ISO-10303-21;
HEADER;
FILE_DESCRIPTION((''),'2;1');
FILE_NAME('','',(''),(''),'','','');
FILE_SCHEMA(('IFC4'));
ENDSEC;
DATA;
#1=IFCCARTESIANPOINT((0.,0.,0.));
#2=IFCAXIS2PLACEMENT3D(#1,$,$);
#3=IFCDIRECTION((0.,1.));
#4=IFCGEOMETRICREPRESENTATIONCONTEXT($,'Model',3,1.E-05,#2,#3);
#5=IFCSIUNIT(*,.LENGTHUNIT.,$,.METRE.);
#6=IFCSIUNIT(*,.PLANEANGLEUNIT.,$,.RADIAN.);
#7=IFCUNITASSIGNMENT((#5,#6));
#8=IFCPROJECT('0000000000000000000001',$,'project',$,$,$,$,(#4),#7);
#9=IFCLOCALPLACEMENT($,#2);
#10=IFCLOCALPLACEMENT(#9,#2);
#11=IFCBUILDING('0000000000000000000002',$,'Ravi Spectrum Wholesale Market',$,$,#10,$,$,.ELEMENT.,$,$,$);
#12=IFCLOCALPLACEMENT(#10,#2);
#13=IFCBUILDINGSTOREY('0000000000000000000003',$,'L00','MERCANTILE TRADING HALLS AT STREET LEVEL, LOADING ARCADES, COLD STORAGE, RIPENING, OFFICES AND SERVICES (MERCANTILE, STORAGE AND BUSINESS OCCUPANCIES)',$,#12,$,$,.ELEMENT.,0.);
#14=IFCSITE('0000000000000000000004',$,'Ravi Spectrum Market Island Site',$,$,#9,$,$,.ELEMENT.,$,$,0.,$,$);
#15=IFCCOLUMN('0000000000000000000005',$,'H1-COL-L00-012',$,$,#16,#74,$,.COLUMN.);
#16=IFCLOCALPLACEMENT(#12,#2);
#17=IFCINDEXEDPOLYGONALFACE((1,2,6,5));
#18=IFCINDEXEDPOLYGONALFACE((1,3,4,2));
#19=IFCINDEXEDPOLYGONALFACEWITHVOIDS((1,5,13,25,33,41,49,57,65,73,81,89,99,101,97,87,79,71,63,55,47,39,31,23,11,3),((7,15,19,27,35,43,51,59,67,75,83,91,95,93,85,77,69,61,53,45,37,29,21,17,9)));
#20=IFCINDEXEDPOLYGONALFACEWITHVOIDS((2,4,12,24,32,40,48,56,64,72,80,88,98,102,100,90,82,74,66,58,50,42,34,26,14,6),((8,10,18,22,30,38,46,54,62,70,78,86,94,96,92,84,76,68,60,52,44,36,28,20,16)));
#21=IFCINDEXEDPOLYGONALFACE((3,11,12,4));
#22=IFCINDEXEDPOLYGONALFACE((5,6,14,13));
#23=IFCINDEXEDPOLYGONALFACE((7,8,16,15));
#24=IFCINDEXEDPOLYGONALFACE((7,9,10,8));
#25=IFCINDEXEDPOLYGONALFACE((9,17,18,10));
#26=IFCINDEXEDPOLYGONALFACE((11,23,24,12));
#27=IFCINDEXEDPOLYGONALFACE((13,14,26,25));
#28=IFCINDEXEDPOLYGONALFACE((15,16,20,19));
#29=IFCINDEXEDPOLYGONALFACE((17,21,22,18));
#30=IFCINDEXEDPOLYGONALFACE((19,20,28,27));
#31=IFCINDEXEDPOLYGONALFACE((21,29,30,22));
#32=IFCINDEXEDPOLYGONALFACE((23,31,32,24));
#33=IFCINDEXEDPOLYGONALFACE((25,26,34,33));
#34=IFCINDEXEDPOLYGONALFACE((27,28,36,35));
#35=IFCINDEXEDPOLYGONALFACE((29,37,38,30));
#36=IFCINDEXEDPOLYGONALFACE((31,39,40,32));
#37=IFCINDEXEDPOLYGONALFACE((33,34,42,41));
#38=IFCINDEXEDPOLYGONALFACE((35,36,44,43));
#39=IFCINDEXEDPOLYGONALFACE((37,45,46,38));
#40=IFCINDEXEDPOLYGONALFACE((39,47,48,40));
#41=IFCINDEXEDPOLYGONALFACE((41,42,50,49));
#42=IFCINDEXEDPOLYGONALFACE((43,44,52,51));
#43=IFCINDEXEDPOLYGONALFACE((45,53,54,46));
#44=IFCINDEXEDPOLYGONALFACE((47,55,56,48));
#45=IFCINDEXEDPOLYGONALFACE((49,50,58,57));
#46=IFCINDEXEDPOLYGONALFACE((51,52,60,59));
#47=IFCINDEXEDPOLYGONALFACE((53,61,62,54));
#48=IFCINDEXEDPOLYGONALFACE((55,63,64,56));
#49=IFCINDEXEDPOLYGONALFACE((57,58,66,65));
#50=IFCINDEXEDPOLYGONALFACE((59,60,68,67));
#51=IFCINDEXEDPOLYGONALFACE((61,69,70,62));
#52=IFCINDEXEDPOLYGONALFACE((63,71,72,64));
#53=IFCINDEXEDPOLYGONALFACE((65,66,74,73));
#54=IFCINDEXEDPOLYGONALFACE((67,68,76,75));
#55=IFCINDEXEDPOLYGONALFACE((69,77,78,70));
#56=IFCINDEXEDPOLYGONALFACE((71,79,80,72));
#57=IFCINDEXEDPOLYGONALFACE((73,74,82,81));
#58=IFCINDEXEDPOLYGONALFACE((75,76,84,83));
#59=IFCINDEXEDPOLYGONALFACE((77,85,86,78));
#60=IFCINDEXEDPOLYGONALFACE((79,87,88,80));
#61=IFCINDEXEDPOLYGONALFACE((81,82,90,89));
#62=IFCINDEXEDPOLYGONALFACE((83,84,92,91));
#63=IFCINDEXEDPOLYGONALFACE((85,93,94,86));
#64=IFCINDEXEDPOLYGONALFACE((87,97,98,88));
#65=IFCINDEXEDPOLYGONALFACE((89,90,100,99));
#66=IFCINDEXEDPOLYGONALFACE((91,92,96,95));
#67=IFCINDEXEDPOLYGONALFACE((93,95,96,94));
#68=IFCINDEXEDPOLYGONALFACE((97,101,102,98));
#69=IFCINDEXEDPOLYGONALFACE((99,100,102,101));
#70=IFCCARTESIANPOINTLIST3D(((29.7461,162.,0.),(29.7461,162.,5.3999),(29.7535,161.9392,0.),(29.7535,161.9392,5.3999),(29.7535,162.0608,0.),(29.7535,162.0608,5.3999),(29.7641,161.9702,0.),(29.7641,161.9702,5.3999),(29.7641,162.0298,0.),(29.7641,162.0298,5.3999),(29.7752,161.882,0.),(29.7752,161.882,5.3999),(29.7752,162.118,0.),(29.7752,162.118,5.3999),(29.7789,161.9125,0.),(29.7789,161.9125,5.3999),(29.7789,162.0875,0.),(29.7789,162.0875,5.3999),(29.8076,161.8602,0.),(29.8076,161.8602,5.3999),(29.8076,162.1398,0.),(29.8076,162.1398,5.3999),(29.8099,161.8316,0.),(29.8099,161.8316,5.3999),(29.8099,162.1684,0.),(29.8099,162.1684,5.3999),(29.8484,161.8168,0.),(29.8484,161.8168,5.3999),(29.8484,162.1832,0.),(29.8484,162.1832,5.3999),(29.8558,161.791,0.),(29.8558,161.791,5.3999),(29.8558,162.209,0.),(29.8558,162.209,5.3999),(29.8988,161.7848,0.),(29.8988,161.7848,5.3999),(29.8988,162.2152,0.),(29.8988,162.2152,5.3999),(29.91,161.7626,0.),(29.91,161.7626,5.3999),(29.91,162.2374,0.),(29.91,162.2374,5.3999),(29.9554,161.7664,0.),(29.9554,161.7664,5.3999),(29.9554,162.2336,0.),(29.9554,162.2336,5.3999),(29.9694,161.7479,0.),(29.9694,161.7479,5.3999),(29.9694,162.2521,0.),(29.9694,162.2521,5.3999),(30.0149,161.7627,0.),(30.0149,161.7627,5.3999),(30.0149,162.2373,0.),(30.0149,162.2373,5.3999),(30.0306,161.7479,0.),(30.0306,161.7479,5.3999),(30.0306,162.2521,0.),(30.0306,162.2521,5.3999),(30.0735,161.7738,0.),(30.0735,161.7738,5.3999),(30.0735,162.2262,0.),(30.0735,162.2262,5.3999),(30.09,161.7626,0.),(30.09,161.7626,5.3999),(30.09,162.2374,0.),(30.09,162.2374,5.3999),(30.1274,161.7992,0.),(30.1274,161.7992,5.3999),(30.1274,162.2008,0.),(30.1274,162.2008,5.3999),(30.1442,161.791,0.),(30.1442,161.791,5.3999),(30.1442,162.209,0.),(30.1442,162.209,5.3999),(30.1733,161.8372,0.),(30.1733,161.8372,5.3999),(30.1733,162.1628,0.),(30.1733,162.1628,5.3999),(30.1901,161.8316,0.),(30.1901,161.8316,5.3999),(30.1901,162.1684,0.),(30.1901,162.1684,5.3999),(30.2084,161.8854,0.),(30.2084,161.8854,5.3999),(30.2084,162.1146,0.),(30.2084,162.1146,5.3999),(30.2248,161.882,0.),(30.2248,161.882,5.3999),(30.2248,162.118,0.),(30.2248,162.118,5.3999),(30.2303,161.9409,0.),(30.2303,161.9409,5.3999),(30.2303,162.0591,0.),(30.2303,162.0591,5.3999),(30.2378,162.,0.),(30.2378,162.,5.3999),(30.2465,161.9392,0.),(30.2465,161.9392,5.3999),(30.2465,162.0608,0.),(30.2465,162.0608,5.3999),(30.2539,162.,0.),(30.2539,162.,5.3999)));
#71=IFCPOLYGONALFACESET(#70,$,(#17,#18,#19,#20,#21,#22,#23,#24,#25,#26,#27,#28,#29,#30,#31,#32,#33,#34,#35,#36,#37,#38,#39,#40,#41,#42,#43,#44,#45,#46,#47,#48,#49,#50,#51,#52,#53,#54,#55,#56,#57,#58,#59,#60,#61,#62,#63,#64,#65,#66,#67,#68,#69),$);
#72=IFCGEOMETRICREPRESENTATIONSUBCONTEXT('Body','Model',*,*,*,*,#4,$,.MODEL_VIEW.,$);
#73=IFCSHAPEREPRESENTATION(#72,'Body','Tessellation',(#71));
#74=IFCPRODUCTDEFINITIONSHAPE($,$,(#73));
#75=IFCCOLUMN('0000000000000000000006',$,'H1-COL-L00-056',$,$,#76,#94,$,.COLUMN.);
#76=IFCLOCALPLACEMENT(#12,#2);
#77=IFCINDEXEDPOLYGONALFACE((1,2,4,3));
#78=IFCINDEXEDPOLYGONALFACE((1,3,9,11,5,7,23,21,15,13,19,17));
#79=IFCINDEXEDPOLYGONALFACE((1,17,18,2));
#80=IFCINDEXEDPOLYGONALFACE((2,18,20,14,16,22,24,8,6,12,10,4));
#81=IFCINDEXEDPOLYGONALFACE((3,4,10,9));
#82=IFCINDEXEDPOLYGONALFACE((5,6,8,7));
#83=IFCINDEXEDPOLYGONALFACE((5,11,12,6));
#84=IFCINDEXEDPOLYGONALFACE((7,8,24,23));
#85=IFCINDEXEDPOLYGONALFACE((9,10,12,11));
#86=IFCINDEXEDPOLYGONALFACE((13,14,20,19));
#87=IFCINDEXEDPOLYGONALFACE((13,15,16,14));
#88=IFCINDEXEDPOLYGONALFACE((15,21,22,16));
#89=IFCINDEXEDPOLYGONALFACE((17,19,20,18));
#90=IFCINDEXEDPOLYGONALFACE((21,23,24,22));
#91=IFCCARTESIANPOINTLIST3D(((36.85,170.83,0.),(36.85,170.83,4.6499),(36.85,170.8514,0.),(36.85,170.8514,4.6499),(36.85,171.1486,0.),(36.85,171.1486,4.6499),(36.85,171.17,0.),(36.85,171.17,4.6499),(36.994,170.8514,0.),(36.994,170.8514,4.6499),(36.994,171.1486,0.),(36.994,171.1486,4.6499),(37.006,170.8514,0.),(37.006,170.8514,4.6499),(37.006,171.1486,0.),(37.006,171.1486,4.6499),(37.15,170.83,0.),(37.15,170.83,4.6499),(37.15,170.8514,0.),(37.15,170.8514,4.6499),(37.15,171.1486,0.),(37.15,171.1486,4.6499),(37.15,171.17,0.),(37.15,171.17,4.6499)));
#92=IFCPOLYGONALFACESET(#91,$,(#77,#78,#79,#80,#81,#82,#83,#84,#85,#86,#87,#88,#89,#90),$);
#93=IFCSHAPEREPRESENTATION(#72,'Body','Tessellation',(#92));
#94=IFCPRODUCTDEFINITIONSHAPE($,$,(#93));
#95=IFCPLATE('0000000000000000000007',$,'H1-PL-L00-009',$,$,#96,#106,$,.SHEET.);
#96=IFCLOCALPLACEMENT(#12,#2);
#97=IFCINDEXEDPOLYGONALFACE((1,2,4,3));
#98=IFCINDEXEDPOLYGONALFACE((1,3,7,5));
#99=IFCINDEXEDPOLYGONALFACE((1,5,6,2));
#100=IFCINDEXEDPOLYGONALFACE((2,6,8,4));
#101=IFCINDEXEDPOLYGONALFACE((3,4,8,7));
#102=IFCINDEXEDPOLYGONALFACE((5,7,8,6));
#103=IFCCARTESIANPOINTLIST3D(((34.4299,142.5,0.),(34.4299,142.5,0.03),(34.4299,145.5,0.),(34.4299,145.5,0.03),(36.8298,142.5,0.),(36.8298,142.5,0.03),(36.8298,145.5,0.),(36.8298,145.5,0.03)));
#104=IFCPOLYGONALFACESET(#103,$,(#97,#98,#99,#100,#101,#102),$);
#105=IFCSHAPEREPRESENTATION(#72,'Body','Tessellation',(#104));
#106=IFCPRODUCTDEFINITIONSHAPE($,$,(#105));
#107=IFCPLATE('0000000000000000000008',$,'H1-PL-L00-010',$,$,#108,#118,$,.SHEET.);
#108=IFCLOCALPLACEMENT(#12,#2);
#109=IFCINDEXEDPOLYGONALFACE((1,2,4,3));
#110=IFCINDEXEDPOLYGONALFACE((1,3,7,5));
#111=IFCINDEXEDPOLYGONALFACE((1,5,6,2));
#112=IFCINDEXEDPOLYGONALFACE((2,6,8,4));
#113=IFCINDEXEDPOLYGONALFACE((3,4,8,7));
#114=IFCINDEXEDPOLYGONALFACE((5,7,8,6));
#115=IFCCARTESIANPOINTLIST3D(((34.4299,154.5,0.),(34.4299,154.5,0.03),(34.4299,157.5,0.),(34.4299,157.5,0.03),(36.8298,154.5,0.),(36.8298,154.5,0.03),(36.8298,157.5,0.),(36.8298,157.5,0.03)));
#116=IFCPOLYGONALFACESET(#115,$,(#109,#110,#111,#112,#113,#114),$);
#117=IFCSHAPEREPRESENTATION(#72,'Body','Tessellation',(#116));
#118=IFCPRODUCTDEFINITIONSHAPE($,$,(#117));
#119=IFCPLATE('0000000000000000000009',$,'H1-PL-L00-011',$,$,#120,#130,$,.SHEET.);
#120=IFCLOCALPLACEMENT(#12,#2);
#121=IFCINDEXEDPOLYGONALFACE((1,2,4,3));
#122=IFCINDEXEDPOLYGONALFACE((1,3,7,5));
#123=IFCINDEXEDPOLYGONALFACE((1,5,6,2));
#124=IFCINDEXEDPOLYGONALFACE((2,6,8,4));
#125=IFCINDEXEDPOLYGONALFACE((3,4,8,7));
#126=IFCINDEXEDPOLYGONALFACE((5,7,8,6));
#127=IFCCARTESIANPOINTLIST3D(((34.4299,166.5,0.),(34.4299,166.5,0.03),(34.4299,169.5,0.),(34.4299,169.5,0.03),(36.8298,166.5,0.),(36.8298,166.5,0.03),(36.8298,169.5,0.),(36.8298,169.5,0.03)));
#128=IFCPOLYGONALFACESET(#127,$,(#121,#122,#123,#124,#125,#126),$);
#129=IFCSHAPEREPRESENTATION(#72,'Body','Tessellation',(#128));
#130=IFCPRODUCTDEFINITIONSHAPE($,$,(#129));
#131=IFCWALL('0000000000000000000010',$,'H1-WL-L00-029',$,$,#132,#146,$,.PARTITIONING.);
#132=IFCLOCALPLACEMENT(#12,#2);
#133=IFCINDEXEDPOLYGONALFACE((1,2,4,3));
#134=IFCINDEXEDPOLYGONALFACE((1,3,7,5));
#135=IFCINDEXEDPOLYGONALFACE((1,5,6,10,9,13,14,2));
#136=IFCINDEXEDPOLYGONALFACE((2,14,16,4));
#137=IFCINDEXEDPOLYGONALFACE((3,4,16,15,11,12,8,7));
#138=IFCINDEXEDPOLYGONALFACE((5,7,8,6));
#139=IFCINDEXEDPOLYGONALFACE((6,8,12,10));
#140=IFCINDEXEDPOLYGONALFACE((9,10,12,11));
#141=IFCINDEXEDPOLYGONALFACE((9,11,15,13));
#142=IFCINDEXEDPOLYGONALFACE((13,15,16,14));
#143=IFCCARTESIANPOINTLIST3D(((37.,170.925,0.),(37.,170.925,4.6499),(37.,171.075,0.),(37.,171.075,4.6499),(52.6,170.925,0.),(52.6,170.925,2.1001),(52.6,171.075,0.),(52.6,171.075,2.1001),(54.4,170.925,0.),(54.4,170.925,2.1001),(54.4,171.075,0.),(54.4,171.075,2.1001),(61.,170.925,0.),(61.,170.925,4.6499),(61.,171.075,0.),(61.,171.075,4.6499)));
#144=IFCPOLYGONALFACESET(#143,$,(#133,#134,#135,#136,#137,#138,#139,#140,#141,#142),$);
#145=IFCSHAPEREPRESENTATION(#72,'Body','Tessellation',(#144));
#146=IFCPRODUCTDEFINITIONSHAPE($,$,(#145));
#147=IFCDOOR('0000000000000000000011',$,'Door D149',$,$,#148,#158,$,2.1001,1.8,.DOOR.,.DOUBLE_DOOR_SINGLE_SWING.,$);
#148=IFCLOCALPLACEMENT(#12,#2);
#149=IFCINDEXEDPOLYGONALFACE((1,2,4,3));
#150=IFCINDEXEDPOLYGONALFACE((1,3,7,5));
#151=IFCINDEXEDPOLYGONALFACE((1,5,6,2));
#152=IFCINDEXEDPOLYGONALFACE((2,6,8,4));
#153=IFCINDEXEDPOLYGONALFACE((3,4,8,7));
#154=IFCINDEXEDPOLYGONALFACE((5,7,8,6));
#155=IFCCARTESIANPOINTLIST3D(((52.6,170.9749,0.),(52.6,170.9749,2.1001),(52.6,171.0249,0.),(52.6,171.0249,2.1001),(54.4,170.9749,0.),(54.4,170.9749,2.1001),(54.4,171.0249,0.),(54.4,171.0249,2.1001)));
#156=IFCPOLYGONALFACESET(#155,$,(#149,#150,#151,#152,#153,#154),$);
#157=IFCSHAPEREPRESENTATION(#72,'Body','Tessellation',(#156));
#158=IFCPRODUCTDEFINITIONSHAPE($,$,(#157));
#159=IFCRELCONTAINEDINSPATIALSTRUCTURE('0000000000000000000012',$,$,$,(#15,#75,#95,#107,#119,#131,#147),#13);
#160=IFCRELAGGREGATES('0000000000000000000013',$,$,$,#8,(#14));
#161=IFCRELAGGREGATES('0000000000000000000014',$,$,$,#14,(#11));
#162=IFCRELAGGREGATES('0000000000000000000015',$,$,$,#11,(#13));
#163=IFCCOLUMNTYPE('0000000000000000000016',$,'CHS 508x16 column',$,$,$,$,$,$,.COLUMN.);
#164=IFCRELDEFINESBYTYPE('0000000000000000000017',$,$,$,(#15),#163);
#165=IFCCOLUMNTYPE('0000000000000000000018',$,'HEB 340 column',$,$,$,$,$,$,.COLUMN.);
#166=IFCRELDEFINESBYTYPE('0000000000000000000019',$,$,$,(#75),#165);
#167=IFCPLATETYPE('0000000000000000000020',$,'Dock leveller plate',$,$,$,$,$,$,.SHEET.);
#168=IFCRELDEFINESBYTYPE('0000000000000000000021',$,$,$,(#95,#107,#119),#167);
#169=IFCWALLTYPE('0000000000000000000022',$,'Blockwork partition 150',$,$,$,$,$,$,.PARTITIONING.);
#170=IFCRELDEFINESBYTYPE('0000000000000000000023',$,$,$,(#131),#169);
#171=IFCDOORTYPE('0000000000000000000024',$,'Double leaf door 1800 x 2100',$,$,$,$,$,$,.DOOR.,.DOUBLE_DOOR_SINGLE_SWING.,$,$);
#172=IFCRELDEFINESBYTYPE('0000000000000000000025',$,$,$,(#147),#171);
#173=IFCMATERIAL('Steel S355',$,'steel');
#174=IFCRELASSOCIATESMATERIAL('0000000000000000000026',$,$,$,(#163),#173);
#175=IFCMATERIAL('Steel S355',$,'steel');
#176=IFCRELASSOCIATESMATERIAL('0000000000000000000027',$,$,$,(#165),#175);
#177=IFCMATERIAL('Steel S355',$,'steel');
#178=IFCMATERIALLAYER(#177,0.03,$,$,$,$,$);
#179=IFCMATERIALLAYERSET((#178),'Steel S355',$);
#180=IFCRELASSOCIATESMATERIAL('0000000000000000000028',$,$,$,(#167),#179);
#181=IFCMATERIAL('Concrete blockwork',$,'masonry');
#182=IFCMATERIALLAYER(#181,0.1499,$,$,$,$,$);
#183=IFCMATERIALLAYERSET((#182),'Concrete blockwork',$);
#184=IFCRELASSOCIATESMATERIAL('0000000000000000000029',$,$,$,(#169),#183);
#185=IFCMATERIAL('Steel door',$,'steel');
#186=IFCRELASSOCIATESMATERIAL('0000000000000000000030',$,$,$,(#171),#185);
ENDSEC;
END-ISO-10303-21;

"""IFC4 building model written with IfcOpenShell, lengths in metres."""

from ifc_helpers import new_model, si_unit, direction, frame, frame_2d, origin, origin_2d, place, context, subcontext, project, spatial, rectangle, hollow_circle, i_section, extrude, material, layer, layer_set, material_profile, profile_set, type_object, element, fill, save


model = new_model("IFC4")

# Units and contexts
model_context = context("Model", 3, precision=1e-05, world=origin(), true_north=direction((0.0, 1.0)))
body_context = subcontext(model_context, "Body", "Model", "MODEL_VIEW")
ifc_project = project(units=[si_unit("LENGTHUNIT", "METRE"), si_unit("PLANEANGLEUNIT", "RADIAN")], contexts=[model_context])

# Site, building, storey
site_placement = place(None, origin())
site = spatial("IfcSite", under=ifc_project, at=site_placement, Name="Ravi Spectrum Market Island Site", CompositionType="ELEMENT", RefElevation=0.0)
building_placement = place(site_placement, origin())
building = spatial("IfcBuilding", under=site, at=building_placement, Name="Ravi Spectrum Wholesale Market", CompositionType="ELEMENT")
storey_placement = place(building_placement, origin())
storey = spatial("IfcBuildingStorey", under=building, at=storey_placement, Name="L00", Description="MERCANTILE TRADING HALLS AT STREET LEVEL, LOADING ARCADES, COLD STORAGE, RIPENING, OFFICES AND SERVICES (MERCANTILE, STORAGE AND BUSINESS OCCUPANCIES)", CompositionType="ELEMENT", Elevation=0.0)

# Columns
ifc_material_1 = material(Name="Steel S355", Category="steel")
ifc_material_profile_1 = material_profile(ifc_material_1, hollow_circle(Radius=0.2539, WallThickness=0.0161, at=origin_2d()))
ifc_profile_set_1 = profile_set([ifc_material_profile_1], Name="Steel S355")
column_type_1 = type_object("IfcColumnType", Name="CHS 508x16 column", PredefinedType="COLUMN", material=ifc_profile_set_1)
for number, where, z_axis, x_axis, name in (
    (1, (30.0, 162.0, 0.0), (0.0, 0.0, 1.0), (1.0, 0.0, 0.0), "H1-COL-L00-012"),
):
    element("IfcColumn", number, at=place(storey_placement, frame(where, z_axis=z_axis, x_axis=x_axis)), inside=storey, type_object=column_type_1, Name=name, PredefinedType="COLUMN", context=body_context, shape_type="SweptSolid", body=[
        extrude(hollow_circle(Radius=0.2539, WallThickness=0.0161, at=origin_2d()), origin(), (0.0, 0.0, 1.0), 5.3999),
    ])
ifc_material_2 = material(Name="Steel S355", Category="steel")
ifc_material_profile_2 = material_profile(ifc_material_2, i_section(OverallWidth=0.3, OverallDepth=0.3401, WebThickness=0.012, FlangeThickness=0.0215, at=origin_2d()))
ifc_profile_set_2 = profile_set([ifc_material_profile_2], Name="Steel S355")
column_type_2 = type_object("IfcColumnType", Name="HEB 340 column", PredefinedType="COLUMN", material=ifc_profile_set_2)
column_placement = place(storey_placement, frame((37.0, 171.0, 0.0), z_axis=(0.0, 0.0, 1.0), x_axis=(1.0, 0.0, 0.0)))
element("IfcColumn", 2, at=column_placement, inside=storey, type_object=column_type_2, Name="H1-COL-L00-056", PredefinedType="COLUMN", context=body_context, shape_type="SweptSolid", body=[
    extrude(i_section(OverallWidth=0.3, OverallDepth=0.3401, WebThickness=0.012, FlangeThickness=0.0215, at=origin_2d()), origin(), (0.0, 0.0, 1.0), 4.6499),
])

# Plates
ifc_material_3 = material(Name="Steel S355", Category="steel")
ifc_layer_1 = layer(ifc_material_3, 0.03)
ifc_layer_set_1 = layer_set([ifc_layer_1], Name="Steel S355")
plate_type = type_object("IfcPlateType", Name="Dock leveller plate", PredefinedType="SHEET", material=ifc_layer_set_1)
for number, where, z_axis, x_axis, name in (
    (3, (35.6299, 144.0, 0.0), (0.0, 0.0, 1.0), (1.0, 0.0, 0.0), "H1-PL-L00-009"),
    (4, (35.6299, 156.0, 0.0), (0.0, 0.0, 1.0), (1.0, 0.0, 0.0), "H1-PL-L00-010"),
    (5, (35.6299, 168.0, 0.0), (0.0, 0.0, 1.0), (1.0, 0.0, 0.0), "H1-PL-L00-011"),
):
    element("IfcPlate", number, at=place(storey_placement, frame(where, z_axis=z_axis, x_axis=x_axis)), inside=storey, type_object=plate_type, Name=name, PredefinedType="SHEET", context=body_context, shape_type="SweptSolid", body=[
        extrude(rectangle(XDim=2.3999, YDim=3.0, at=origin_2d()), origin(), (0.0, 0.0, 1.0), 0.03),
    ])

# Wall, opening, door
ifc_material_4 = material(Name="Concrete blockwork", Category="masonry")
ifc_layer_2 = layer(ifc_material_4, 0.1499)
ifc_layer_set_2 = layer_set([ifc_layer_2], Name="Concrete blockwork")
wall_type_1 = type_object("IfcWallType", Name="Blockwork partition 150", PredefinedType="PARTITIONING", material=ifc_layer_set_2)
wall_1_placement = place(storey_placement, frame((37.0, 171.0, 0.0), z_axis=(0.0, 0.0, 1.0), x_axis=(1.0, 0.0, 0.0)))
wall_1 = element("IfcWall", 6, at=wall_1_placement, inside=storey, type_object=wall_type_1, Name="H1-WL-L00-029", PredefinedType="PARTITIONING", context=body_context, shape_type="SweptSolid", body=[
    extrude(rectangle(XDim=24.0, YDim=0.1499, at=frame_2d((12.0, 0.0))), origin(), (0.0, 0.0, 1.0), 4.6499),
])
opening_1_placement = place(wall_1_placement, frame((15.6001, 0.0, 0.0)))
opening_1 = element("IfcOpeningElement", 7, at=opening_1_placement, cuts=wall_1, PredefinedType="OPENING", context=body_context, shape_type="SweptSolid", body=[
    extrude(rectangle(XDim=1.8, YDim=2.1001, at=frame_2d((0.8999, 1.05))), frame((0.0, 0.085, 0.0), z_axis=(0.0, -1.0, 0.0), x_axis=(1.0, 0.0, 0.0)), (0.0, 0.0, 1.0), 0.1699),
])
ifc_material_5 = material(Name="Steel door", Category="steel")
door_type_1 = type_object("IfcDoorType", Name="Double leaf door 1800 x 2100", OperationType="DOUBLE_DOOR_SINGLE_SWING", PredefinedType="DOOR", material=ifc_material_5)
door_1_placement = place(opening_1_placement, origin())
door_1 = element("IfcDoor", 8, at=door_1_placement, inside=storey, type_object=door_type_1, Name="Door D149", OperationType="DOUBLE_DOOR_SINGLE_SWING", OverallHeight=2.1001, OverallWidth=1.8, PredefinedType="DOOR", context=body_context, shape_type="SweptSolid", body=[
    extrude(rectangle(XDim=1.8, YDim=2.1001, at=frame_2d((0.8999, 1.05))), frame((0.0, 0.0249, 0.0), z_axis=(0.0, -1.0, 0.0), x_axis=(1.0, 0.0, 0.0)), (0.0, 0.0, 1.0), 0.05),
])
fill(opening_1, door_1)

save(model, "model.ifc")
